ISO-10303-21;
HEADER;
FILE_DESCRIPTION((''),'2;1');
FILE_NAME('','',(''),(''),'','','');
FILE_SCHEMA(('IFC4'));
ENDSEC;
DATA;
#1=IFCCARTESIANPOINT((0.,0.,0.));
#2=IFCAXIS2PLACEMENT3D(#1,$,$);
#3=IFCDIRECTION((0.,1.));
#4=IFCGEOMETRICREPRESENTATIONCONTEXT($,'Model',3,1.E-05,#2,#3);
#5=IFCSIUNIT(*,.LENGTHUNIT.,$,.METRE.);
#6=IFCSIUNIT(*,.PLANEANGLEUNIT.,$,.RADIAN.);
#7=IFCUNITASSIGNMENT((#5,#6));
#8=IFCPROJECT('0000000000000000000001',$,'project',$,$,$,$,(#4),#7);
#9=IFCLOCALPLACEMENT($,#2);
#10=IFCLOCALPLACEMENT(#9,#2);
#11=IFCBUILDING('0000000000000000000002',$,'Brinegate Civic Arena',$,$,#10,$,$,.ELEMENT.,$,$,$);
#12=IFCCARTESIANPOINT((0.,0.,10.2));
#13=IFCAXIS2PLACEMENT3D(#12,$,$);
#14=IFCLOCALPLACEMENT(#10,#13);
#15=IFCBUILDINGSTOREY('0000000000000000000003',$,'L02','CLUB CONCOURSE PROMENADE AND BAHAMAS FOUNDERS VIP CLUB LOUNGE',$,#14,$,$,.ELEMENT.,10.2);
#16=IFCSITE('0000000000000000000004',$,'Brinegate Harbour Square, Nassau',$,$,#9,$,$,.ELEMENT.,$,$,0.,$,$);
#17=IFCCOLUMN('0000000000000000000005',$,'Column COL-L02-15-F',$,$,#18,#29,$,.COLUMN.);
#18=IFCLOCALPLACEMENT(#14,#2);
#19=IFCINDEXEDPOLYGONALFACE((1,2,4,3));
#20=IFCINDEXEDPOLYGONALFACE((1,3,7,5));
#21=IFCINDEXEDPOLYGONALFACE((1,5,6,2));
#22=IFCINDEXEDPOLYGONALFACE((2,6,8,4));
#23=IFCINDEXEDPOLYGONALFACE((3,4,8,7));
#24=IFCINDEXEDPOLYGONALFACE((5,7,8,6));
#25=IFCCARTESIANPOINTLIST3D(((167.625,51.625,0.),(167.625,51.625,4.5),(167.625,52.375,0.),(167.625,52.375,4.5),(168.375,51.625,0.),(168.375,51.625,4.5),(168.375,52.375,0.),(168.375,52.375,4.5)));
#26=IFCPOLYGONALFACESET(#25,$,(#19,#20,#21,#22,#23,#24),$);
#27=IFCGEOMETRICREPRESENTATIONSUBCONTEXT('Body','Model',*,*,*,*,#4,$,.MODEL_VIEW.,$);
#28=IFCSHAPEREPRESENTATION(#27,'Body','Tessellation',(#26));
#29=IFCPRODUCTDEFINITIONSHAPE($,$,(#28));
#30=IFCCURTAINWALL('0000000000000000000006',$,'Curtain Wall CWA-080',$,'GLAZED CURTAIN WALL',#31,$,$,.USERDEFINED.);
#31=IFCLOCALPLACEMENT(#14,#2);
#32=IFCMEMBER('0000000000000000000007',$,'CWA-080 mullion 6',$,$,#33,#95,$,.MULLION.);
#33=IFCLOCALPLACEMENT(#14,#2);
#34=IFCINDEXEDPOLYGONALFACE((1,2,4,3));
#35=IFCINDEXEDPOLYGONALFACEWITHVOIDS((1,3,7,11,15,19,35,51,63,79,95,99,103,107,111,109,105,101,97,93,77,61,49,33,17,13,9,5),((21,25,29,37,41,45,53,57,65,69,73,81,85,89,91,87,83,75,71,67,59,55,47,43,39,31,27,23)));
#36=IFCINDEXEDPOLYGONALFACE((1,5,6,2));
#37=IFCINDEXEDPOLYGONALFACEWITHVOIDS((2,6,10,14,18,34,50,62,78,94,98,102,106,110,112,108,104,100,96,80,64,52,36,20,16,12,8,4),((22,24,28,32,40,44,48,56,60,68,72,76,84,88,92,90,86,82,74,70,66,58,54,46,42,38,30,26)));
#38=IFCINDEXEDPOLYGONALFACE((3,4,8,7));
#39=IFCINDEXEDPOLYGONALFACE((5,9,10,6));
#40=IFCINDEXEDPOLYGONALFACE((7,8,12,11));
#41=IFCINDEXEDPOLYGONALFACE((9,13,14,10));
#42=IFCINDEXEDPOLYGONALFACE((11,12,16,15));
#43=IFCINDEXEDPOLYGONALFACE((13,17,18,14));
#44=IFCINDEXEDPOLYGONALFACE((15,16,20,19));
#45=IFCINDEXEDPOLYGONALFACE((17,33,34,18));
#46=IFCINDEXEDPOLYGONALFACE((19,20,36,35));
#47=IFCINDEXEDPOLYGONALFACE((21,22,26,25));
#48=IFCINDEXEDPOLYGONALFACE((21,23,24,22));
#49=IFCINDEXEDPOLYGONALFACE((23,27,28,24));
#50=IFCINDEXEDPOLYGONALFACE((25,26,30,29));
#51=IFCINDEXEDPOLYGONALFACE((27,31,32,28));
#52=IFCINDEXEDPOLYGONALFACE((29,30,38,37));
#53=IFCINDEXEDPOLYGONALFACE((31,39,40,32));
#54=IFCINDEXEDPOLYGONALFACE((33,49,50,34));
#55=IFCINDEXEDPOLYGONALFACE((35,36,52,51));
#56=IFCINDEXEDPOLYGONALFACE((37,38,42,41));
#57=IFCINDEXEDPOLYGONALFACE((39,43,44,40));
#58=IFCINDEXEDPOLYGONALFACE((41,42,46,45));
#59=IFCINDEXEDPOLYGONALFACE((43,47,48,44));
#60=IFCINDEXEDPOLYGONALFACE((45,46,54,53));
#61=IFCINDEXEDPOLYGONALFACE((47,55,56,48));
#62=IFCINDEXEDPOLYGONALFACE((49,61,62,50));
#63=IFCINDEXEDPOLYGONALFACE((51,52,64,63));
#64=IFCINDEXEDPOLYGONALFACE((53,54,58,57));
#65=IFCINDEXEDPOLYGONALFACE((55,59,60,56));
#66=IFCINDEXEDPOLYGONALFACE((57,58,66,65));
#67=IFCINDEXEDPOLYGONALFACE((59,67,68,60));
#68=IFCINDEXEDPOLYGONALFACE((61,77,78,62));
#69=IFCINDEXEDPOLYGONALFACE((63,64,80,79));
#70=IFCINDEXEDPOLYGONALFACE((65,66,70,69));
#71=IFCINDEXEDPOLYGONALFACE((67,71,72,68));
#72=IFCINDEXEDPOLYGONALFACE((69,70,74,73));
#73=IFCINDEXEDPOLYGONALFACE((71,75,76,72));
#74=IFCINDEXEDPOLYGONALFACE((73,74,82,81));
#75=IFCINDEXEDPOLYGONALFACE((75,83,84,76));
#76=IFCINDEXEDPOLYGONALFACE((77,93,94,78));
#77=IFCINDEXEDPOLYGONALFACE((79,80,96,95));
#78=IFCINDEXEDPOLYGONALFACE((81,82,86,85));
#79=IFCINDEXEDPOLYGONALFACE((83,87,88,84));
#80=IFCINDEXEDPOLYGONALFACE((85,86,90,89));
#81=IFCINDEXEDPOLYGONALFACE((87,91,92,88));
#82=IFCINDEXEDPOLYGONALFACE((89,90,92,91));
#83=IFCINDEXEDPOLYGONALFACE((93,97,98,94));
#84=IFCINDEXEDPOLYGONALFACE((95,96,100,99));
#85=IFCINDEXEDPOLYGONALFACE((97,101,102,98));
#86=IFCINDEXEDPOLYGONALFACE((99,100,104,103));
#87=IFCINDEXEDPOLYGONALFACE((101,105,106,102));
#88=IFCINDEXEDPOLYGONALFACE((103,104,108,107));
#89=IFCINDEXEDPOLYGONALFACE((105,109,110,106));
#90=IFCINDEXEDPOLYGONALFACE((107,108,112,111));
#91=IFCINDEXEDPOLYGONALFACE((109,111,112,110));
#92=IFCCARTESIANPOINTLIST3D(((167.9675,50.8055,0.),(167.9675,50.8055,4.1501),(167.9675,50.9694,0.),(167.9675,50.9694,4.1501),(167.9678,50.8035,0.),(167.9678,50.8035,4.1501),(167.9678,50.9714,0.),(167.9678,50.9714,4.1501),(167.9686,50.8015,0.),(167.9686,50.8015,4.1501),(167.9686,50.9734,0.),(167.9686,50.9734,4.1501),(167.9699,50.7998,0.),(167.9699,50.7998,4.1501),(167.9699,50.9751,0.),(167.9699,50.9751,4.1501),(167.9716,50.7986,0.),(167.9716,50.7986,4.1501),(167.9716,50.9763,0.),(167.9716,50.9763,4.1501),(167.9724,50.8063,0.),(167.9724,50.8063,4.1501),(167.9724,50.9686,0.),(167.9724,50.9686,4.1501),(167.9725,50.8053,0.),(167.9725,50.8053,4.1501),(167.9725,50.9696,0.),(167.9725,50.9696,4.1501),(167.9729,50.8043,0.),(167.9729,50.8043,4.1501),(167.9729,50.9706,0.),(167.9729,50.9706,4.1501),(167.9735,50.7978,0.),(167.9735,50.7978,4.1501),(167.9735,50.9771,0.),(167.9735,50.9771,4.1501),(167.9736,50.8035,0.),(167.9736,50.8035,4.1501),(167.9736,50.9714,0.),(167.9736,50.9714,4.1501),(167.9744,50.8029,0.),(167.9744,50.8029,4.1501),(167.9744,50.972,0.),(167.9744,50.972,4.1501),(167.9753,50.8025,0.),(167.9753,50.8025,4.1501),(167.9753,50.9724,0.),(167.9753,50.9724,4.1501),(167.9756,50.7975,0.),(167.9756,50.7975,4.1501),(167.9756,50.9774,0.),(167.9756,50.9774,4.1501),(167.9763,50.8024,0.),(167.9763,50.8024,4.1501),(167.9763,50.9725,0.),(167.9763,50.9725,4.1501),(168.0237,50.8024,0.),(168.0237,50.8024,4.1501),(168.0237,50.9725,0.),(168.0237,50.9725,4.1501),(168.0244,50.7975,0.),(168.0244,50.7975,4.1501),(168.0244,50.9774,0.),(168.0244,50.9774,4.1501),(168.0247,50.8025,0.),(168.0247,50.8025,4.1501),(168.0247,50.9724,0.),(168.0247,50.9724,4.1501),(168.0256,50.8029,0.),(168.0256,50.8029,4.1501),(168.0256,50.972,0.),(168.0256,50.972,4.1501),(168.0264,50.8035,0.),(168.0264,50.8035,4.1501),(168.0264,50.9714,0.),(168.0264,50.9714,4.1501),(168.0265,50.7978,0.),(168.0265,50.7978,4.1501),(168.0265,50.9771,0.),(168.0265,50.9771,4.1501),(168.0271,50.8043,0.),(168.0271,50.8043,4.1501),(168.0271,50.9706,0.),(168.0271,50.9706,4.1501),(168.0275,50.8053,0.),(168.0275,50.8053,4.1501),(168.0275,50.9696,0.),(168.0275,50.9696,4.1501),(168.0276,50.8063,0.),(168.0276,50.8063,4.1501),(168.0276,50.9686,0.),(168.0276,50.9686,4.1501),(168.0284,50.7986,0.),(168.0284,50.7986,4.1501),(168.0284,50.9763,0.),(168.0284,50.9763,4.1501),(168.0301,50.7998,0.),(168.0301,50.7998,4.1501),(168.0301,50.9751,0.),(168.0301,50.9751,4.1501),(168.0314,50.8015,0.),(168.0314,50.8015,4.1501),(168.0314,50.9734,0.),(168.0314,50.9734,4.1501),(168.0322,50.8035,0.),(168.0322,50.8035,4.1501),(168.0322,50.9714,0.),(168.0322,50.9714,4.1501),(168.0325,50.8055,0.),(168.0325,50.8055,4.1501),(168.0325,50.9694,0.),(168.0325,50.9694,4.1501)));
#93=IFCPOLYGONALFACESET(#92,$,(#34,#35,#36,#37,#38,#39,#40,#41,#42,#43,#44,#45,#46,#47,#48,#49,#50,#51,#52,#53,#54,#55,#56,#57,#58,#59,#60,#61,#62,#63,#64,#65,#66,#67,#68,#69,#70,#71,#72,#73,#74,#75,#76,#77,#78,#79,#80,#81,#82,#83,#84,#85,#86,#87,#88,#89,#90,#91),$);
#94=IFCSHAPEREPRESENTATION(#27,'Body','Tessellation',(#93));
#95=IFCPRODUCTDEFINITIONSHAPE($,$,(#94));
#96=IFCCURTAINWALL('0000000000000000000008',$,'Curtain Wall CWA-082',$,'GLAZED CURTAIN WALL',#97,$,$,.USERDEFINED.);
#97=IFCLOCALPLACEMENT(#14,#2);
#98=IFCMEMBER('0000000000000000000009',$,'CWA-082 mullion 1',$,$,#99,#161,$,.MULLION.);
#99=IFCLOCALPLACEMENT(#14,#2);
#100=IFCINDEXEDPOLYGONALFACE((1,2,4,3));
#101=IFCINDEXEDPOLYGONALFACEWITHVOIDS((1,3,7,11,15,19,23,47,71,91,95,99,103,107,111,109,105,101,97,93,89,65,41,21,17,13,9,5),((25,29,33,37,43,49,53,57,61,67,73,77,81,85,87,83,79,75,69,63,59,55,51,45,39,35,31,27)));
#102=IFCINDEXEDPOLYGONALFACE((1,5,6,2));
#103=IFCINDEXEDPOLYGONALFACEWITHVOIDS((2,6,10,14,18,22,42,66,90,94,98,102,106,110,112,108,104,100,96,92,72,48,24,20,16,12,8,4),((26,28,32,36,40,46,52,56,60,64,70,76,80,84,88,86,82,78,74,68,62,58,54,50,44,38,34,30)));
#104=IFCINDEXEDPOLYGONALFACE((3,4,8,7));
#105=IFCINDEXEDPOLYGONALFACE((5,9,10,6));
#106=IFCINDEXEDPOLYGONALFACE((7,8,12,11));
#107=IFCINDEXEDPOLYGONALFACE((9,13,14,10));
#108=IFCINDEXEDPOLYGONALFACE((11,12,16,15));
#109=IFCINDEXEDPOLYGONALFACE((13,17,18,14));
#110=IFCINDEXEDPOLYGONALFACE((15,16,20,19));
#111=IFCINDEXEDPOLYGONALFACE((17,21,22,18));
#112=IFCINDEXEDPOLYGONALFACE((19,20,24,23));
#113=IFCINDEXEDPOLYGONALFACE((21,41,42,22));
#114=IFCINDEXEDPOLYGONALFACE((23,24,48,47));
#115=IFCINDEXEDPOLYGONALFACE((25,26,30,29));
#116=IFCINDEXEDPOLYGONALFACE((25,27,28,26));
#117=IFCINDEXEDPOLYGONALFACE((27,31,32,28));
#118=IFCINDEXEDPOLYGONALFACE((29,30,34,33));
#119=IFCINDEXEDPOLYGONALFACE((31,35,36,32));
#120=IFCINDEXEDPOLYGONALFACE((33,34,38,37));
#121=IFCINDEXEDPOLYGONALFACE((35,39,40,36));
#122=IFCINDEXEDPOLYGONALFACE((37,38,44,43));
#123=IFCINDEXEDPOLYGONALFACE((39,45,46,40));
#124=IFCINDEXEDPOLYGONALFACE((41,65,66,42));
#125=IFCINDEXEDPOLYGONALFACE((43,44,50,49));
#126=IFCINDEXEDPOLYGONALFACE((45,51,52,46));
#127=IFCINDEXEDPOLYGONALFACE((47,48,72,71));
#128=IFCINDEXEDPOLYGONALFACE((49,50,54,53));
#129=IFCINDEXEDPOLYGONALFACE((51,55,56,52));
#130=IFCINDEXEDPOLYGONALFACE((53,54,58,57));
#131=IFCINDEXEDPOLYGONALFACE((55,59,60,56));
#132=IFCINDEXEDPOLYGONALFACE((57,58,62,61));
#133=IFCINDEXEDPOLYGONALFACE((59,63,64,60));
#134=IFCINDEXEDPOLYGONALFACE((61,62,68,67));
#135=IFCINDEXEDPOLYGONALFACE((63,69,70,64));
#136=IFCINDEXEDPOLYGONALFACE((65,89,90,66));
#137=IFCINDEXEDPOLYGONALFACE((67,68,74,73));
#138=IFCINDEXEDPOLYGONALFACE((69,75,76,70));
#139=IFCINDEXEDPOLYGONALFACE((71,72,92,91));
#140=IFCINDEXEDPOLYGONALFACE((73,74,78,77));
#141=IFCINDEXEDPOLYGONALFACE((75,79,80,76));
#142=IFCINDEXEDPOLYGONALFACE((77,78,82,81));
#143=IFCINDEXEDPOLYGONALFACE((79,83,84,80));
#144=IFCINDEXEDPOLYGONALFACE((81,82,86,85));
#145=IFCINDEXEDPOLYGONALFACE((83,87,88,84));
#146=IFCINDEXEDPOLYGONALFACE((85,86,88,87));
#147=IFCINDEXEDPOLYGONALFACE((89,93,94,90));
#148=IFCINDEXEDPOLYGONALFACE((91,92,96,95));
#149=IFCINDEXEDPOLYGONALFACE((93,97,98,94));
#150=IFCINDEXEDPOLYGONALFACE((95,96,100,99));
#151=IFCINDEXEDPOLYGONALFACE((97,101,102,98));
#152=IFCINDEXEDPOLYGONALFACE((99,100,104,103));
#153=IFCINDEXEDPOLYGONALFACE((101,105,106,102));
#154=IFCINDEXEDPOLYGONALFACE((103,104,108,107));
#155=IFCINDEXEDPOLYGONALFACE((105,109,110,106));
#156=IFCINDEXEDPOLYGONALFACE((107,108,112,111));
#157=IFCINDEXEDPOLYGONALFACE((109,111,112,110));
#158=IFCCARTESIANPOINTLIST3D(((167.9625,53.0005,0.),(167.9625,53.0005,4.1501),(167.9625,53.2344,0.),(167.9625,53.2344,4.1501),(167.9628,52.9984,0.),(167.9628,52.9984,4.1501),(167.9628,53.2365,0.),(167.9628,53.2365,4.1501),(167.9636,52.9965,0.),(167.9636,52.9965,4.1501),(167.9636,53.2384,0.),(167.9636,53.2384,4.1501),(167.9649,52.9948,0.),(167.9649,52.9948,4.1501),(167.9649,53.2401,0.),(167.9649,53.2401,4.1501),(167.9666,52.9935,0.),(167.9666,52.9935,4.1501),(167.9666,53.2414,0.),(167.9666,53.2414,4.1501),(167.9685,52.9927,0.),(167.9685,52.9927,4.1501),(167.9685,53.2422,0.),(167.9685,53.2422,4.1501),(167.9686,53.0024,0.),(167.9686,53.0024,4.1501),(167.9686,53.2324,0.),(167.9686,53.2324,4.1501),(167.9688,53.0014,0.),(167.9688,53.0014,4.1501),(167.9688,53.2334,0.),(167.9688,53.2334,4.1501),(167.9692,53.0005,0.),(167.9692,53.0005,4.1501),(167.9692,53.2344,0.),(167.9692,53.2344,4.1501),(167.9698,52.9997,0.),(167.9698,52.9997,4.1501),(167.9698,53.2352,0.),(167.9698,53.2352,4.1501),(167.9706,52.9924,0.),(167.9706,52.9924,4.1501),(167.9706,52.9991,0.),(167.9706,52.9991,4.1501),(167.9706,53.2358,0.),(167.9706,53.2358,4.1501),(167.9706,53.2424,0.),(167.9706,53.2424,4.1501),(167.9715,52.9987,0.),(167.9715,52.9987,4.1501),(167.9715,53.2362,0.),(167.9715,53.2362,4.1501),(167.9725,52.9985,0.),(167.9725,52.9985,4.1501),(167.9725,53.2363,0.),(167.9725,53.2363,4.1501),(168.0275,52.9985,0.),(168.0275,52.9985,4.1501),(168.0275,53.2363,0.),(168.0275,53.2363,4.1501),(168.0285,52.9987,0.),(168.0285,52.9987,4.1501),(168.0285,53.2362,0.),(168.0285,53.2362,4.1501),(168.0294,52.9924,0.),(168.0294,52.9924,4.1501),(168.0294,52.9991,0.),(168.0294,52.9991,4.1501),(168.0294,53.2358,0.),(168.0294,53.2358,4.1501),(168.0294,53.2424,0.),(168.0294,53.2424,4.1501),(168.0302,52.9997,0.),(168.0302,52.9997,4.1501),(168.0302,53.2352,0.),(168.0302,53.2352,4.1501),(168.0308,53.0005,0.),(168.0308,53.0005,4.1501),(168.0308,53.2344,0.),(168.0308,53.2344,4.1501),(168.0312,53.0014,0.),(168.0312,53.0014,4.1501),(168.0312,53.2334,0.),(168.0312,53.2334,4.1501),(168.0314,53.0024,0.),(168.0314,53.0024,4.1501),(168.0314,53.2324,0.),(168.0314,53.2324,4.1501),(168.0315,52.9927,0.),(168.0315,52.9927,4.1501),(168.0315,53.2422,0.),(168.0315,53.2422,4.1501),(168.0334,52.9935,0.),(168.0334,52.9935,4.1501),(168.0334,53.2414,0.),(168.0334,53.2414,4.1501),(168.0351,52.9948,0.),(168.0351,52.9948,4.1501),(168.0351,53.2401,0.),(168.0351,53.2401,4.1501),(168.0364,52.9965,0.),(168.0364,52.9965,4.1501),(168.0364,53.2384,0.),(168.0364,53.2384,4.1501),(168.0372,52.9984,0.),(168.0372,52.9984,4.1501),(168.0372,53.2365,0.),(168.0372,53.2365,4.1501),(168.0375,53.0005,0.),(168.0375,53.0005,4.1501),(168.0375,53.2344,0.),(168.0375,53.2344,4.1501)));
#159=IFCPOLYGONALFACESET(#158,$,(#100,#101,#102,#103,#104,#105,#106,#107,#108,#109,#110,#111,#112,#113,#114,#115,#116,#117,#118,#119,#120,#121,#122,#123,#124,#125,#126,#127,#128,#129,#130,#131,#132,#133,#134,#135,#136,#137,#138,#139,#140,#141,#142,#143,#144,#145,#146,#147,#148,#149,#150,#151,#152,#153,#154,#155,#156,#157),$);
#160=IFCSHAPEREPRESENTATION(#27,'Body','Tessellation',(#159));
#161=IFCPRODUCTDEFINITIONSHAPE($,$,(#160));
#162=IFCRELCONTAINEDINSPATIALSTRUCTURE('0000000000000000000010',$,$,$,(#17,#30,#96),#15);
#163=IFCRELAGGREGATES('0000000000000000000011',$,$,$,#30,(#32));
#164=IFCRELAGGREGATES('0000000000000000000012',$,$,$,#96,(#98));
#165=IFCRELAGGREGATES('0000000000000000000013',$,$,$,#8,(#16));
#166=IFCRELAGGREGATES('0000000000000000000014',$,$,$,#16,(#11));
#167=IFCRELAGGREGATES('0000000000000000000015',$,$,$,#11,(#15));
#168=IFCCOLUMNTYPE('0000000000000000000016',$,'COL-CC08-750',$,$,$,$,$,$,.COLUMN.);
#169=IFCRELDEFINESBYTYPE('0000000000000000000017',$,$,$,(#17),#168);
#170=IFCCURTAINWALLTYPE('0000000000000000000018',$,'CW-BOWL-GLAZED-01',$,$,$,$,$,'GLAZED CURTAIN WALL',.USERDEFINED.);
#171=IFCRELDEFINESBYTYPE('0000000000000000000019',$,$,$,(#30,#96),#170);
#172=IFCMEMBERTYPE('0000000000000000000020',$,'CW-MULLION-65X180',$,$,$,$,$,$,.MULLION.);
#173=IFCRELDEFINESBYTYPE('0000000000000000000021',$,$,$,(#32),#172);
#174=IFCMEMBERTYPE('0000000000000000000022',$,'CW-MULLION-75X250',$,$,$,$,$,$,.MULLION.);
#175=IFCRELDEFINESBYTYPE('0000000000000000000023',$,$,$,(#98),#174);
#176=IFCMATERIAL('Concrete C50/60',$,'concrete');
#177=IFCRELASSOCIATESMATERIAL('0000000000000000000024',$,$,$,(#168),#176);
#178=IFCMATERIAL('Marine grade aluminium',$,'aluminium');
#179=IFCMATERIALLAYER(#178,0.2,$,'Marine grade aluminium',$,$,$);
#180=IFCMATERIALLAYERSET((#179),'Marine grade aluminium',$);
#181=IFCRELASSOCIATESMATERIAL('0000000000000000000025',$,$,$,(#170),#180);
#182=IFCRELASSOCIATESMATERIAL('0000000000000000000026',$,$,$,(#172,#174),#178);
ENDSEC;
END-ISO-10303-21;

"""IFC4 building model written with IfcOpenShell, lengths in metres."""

from ifc_helpers import new_model, si_unit, direction, frame, origin, origin_2d, place, context, subcontext, project, spatial, rectangle, hollow_rectangle, extrude, material, layer, layer_set, material_profile, profile_set, type_object, element, aggregate, save


model = new_model("IFC4")

# Units and contexts
model_context = context("Model", 3, precision=1e-05, world=origin(), true_north=direction((0.0, 1.0)))
body_context = subcontext(model_context, "Body", "Model", "MODEL_VIEW")
ifc_project = project(units=[si_unit("LENGTHUNIT", "METRE"), si_unit("PLANEANGLEUNIT", "RADIAN")], contexts=[model_context])

# Site, building, storey
site_placement = place(None, origin())
site = spatial("IfcSite", under=ifc_project, at=site_placement, Name="Brinegate Harbour Square, Nassau", CompositionType="ELEMENT", RefElevation=0.0)
building_placement = place(site_placement, origin())
building = spatial("IfcBuilding", under=site, at=building_placement, Name="Brinegate Civic Arena", CompositionType="ELEMENT")
storey_placement = place(building_placement, frame((0.0, 0.0, 10.2)))
storey = spatial("IfcBuildingStorey", under=building, at=storey_placement, Name="L02", Description="CLUB CONCOURSE PROMENADE AND BAHAMAS FOUNDERS VIP CLUB LOUNGE", CompositionType="ELEMENT", Elevation=10.2)

# Column
ifc_material_1 = material(Name="Concrete C50/60", Category="concrete")
ifc_material_profile_1 = material_profile(ifc_material_1, rectangle(XDim=0.75, YDim=0.75, at=origin_2d()), Name="RC750X750")
ifc_profile_set_1 = profile_set([ifc_material_profile_1], Name="Concrete C50/60")
column_type = type_object("IfcColumnType", Name="COL-CC08-750", PredefinedType="COLUMN", material=ifc_profile_set_1)
column_placement = place(storey_placement, frame((168.0, 52.0, 0.0), z_axis=(0.0, 0.0, 1.0), x_axis=(1.0, 0.0, 0.0)))
element("IfcColumn", 1, at=column_placement, inside=storey, type_object=column_type, Name="Column COL-L02-15-F", PredefinedType="COLUMN", context=body_context, shape_type="SweptSolid", body=[
    extrude(rectangle(XDim=0.75, YDim=0.75, at=origin_2d()), origin(), (0.0, 0.0, 1.0), 4.5),
])

# Curtain wall, member
ifc_material_2 = material(Name="Marine grade aluminium", Category="aluminium")
ifc_layer_1 = layer(ifc_material_2, 0.2, Name="Marine grade aluminium")
ifc_layer_set_1 = layer_set([ifc_layer_1], Name="Marine grade aluminium")
curtain_wall_type = type_object("IfcCurtainWallType", Name="CW-BOWL-GLAZED-01", ElementType="GLAZED CURTAIN WALL", PredefinedType="USERDEFINED", material=ifc_layer_set_1)
curtain_wall_1_placement = place(storey_placement, origin())
curtain_wall_1 = element("IfcCurtainWall", 2, at=curtain_wall_1_placement, inside=storey, type_object=curtain_wall_type, Name="Curtain Wall CWA-080", ObjectType="GLAZED CURTAIN WALL", PredefinedType="USERDEFINED")
ifc_material_profile_2 = material_profile(ifc_material_2, hollow_rectangle(XDim=0.0649, YDim=0.1799, WallThickness=0.0049, InnerFilletRadius=0.0039, OuterFilletRadius=0.0081, at=origin_2d()), Name="MUL65X180")
ifc_profile_set_2 = profile_set([ifc_material_profile_2], Name="Marine grade aluminium")
member_type_1 = type_object("IfcMemberType", Name="CW-MULLION-65X180", PredefinedType="MULLION", material=ifc_profile_set_2)
member_1_placement = place(storey_placement, frame((168.0, 50.8875, 0.0), z_axis=(0.0, 0.0, 1.0), x_axis=(-1.0, 0.0, 0.0)))
member_1 = element("IfcMember", 3, at=member_1_placement, type_object=member_type_1, Name="CWA-080 mullion 6", PredefinedType="MULLION", context=body_context, shape_type="SweptSolid", body=[
    extrude(hollow_rectangle(XDim=0.0649, YDim=0.1799, WallThickness=0.0049, InnerFilletRadius=0.0039, OuterFilletRadius=0.0081, at=origin_2d()), origin(), (0.0, 0.0, 1.0), 4.1501),
])

# Curtain wall, member
curtain_wall_2_placement = place(storey_placement, origin())
curtain_wall_2 = element("IfcCurtainWall", 4, at=curtain_wall_2_placement, inside=storey, type_object=curtain_wall_type, Name="Curtain Wall CWA-082", ObjectType="GLAZED CURTAIN WALL", PredefinedType="USERDEFINED")
ifc_material_profile_3 = material_profile(ifc_material_2, hollow_rectangle(XDim=0.075, YDim=0.25, WallThickness=0.0061, InnerFilletRadius=0.0039, OuterFilletRadius=0.0081, at=origin_2d()), Name="MUL75X250")
ifc_profile_set_3 = profile_set([ifc_material_profile_3], Name="Marine grade aluminium")
member_type_2 = type_object("IfcMemberType", Name="CW-MULLION-75X250", PredefinedType="MULLION", material=ifc_profile_set_3)
member_2_placement = place(storey_placement, frame((168.0, 53.1174, 0.0), z_axis=(0.0, 0.0, 1.0), x_axis=(-1.0, 0.0, 0.0)))
member_2 = element("IfcMember", 5, at=member_2_placement, type_object=member_type_2, Name="CWA-082 mullion 1", PredefinedType="MULLION", context=body_context, shape_type="SweptSolid", body=[
    extrude(hollow_rectangle(XDim=0.075, YDim=0.25, WallThickness=0.0061, InnerFilletRadius=0.0039, OuterFilletRadius=0.0081, at=origin_2d()), origin(), (0.0, 0.0, 1.0), 4.1501),
])

aggregate(curtain_wall_1, [member_1])
aggregate(curtain_wall_2, [member_2])

save(model, "model.ifc")
